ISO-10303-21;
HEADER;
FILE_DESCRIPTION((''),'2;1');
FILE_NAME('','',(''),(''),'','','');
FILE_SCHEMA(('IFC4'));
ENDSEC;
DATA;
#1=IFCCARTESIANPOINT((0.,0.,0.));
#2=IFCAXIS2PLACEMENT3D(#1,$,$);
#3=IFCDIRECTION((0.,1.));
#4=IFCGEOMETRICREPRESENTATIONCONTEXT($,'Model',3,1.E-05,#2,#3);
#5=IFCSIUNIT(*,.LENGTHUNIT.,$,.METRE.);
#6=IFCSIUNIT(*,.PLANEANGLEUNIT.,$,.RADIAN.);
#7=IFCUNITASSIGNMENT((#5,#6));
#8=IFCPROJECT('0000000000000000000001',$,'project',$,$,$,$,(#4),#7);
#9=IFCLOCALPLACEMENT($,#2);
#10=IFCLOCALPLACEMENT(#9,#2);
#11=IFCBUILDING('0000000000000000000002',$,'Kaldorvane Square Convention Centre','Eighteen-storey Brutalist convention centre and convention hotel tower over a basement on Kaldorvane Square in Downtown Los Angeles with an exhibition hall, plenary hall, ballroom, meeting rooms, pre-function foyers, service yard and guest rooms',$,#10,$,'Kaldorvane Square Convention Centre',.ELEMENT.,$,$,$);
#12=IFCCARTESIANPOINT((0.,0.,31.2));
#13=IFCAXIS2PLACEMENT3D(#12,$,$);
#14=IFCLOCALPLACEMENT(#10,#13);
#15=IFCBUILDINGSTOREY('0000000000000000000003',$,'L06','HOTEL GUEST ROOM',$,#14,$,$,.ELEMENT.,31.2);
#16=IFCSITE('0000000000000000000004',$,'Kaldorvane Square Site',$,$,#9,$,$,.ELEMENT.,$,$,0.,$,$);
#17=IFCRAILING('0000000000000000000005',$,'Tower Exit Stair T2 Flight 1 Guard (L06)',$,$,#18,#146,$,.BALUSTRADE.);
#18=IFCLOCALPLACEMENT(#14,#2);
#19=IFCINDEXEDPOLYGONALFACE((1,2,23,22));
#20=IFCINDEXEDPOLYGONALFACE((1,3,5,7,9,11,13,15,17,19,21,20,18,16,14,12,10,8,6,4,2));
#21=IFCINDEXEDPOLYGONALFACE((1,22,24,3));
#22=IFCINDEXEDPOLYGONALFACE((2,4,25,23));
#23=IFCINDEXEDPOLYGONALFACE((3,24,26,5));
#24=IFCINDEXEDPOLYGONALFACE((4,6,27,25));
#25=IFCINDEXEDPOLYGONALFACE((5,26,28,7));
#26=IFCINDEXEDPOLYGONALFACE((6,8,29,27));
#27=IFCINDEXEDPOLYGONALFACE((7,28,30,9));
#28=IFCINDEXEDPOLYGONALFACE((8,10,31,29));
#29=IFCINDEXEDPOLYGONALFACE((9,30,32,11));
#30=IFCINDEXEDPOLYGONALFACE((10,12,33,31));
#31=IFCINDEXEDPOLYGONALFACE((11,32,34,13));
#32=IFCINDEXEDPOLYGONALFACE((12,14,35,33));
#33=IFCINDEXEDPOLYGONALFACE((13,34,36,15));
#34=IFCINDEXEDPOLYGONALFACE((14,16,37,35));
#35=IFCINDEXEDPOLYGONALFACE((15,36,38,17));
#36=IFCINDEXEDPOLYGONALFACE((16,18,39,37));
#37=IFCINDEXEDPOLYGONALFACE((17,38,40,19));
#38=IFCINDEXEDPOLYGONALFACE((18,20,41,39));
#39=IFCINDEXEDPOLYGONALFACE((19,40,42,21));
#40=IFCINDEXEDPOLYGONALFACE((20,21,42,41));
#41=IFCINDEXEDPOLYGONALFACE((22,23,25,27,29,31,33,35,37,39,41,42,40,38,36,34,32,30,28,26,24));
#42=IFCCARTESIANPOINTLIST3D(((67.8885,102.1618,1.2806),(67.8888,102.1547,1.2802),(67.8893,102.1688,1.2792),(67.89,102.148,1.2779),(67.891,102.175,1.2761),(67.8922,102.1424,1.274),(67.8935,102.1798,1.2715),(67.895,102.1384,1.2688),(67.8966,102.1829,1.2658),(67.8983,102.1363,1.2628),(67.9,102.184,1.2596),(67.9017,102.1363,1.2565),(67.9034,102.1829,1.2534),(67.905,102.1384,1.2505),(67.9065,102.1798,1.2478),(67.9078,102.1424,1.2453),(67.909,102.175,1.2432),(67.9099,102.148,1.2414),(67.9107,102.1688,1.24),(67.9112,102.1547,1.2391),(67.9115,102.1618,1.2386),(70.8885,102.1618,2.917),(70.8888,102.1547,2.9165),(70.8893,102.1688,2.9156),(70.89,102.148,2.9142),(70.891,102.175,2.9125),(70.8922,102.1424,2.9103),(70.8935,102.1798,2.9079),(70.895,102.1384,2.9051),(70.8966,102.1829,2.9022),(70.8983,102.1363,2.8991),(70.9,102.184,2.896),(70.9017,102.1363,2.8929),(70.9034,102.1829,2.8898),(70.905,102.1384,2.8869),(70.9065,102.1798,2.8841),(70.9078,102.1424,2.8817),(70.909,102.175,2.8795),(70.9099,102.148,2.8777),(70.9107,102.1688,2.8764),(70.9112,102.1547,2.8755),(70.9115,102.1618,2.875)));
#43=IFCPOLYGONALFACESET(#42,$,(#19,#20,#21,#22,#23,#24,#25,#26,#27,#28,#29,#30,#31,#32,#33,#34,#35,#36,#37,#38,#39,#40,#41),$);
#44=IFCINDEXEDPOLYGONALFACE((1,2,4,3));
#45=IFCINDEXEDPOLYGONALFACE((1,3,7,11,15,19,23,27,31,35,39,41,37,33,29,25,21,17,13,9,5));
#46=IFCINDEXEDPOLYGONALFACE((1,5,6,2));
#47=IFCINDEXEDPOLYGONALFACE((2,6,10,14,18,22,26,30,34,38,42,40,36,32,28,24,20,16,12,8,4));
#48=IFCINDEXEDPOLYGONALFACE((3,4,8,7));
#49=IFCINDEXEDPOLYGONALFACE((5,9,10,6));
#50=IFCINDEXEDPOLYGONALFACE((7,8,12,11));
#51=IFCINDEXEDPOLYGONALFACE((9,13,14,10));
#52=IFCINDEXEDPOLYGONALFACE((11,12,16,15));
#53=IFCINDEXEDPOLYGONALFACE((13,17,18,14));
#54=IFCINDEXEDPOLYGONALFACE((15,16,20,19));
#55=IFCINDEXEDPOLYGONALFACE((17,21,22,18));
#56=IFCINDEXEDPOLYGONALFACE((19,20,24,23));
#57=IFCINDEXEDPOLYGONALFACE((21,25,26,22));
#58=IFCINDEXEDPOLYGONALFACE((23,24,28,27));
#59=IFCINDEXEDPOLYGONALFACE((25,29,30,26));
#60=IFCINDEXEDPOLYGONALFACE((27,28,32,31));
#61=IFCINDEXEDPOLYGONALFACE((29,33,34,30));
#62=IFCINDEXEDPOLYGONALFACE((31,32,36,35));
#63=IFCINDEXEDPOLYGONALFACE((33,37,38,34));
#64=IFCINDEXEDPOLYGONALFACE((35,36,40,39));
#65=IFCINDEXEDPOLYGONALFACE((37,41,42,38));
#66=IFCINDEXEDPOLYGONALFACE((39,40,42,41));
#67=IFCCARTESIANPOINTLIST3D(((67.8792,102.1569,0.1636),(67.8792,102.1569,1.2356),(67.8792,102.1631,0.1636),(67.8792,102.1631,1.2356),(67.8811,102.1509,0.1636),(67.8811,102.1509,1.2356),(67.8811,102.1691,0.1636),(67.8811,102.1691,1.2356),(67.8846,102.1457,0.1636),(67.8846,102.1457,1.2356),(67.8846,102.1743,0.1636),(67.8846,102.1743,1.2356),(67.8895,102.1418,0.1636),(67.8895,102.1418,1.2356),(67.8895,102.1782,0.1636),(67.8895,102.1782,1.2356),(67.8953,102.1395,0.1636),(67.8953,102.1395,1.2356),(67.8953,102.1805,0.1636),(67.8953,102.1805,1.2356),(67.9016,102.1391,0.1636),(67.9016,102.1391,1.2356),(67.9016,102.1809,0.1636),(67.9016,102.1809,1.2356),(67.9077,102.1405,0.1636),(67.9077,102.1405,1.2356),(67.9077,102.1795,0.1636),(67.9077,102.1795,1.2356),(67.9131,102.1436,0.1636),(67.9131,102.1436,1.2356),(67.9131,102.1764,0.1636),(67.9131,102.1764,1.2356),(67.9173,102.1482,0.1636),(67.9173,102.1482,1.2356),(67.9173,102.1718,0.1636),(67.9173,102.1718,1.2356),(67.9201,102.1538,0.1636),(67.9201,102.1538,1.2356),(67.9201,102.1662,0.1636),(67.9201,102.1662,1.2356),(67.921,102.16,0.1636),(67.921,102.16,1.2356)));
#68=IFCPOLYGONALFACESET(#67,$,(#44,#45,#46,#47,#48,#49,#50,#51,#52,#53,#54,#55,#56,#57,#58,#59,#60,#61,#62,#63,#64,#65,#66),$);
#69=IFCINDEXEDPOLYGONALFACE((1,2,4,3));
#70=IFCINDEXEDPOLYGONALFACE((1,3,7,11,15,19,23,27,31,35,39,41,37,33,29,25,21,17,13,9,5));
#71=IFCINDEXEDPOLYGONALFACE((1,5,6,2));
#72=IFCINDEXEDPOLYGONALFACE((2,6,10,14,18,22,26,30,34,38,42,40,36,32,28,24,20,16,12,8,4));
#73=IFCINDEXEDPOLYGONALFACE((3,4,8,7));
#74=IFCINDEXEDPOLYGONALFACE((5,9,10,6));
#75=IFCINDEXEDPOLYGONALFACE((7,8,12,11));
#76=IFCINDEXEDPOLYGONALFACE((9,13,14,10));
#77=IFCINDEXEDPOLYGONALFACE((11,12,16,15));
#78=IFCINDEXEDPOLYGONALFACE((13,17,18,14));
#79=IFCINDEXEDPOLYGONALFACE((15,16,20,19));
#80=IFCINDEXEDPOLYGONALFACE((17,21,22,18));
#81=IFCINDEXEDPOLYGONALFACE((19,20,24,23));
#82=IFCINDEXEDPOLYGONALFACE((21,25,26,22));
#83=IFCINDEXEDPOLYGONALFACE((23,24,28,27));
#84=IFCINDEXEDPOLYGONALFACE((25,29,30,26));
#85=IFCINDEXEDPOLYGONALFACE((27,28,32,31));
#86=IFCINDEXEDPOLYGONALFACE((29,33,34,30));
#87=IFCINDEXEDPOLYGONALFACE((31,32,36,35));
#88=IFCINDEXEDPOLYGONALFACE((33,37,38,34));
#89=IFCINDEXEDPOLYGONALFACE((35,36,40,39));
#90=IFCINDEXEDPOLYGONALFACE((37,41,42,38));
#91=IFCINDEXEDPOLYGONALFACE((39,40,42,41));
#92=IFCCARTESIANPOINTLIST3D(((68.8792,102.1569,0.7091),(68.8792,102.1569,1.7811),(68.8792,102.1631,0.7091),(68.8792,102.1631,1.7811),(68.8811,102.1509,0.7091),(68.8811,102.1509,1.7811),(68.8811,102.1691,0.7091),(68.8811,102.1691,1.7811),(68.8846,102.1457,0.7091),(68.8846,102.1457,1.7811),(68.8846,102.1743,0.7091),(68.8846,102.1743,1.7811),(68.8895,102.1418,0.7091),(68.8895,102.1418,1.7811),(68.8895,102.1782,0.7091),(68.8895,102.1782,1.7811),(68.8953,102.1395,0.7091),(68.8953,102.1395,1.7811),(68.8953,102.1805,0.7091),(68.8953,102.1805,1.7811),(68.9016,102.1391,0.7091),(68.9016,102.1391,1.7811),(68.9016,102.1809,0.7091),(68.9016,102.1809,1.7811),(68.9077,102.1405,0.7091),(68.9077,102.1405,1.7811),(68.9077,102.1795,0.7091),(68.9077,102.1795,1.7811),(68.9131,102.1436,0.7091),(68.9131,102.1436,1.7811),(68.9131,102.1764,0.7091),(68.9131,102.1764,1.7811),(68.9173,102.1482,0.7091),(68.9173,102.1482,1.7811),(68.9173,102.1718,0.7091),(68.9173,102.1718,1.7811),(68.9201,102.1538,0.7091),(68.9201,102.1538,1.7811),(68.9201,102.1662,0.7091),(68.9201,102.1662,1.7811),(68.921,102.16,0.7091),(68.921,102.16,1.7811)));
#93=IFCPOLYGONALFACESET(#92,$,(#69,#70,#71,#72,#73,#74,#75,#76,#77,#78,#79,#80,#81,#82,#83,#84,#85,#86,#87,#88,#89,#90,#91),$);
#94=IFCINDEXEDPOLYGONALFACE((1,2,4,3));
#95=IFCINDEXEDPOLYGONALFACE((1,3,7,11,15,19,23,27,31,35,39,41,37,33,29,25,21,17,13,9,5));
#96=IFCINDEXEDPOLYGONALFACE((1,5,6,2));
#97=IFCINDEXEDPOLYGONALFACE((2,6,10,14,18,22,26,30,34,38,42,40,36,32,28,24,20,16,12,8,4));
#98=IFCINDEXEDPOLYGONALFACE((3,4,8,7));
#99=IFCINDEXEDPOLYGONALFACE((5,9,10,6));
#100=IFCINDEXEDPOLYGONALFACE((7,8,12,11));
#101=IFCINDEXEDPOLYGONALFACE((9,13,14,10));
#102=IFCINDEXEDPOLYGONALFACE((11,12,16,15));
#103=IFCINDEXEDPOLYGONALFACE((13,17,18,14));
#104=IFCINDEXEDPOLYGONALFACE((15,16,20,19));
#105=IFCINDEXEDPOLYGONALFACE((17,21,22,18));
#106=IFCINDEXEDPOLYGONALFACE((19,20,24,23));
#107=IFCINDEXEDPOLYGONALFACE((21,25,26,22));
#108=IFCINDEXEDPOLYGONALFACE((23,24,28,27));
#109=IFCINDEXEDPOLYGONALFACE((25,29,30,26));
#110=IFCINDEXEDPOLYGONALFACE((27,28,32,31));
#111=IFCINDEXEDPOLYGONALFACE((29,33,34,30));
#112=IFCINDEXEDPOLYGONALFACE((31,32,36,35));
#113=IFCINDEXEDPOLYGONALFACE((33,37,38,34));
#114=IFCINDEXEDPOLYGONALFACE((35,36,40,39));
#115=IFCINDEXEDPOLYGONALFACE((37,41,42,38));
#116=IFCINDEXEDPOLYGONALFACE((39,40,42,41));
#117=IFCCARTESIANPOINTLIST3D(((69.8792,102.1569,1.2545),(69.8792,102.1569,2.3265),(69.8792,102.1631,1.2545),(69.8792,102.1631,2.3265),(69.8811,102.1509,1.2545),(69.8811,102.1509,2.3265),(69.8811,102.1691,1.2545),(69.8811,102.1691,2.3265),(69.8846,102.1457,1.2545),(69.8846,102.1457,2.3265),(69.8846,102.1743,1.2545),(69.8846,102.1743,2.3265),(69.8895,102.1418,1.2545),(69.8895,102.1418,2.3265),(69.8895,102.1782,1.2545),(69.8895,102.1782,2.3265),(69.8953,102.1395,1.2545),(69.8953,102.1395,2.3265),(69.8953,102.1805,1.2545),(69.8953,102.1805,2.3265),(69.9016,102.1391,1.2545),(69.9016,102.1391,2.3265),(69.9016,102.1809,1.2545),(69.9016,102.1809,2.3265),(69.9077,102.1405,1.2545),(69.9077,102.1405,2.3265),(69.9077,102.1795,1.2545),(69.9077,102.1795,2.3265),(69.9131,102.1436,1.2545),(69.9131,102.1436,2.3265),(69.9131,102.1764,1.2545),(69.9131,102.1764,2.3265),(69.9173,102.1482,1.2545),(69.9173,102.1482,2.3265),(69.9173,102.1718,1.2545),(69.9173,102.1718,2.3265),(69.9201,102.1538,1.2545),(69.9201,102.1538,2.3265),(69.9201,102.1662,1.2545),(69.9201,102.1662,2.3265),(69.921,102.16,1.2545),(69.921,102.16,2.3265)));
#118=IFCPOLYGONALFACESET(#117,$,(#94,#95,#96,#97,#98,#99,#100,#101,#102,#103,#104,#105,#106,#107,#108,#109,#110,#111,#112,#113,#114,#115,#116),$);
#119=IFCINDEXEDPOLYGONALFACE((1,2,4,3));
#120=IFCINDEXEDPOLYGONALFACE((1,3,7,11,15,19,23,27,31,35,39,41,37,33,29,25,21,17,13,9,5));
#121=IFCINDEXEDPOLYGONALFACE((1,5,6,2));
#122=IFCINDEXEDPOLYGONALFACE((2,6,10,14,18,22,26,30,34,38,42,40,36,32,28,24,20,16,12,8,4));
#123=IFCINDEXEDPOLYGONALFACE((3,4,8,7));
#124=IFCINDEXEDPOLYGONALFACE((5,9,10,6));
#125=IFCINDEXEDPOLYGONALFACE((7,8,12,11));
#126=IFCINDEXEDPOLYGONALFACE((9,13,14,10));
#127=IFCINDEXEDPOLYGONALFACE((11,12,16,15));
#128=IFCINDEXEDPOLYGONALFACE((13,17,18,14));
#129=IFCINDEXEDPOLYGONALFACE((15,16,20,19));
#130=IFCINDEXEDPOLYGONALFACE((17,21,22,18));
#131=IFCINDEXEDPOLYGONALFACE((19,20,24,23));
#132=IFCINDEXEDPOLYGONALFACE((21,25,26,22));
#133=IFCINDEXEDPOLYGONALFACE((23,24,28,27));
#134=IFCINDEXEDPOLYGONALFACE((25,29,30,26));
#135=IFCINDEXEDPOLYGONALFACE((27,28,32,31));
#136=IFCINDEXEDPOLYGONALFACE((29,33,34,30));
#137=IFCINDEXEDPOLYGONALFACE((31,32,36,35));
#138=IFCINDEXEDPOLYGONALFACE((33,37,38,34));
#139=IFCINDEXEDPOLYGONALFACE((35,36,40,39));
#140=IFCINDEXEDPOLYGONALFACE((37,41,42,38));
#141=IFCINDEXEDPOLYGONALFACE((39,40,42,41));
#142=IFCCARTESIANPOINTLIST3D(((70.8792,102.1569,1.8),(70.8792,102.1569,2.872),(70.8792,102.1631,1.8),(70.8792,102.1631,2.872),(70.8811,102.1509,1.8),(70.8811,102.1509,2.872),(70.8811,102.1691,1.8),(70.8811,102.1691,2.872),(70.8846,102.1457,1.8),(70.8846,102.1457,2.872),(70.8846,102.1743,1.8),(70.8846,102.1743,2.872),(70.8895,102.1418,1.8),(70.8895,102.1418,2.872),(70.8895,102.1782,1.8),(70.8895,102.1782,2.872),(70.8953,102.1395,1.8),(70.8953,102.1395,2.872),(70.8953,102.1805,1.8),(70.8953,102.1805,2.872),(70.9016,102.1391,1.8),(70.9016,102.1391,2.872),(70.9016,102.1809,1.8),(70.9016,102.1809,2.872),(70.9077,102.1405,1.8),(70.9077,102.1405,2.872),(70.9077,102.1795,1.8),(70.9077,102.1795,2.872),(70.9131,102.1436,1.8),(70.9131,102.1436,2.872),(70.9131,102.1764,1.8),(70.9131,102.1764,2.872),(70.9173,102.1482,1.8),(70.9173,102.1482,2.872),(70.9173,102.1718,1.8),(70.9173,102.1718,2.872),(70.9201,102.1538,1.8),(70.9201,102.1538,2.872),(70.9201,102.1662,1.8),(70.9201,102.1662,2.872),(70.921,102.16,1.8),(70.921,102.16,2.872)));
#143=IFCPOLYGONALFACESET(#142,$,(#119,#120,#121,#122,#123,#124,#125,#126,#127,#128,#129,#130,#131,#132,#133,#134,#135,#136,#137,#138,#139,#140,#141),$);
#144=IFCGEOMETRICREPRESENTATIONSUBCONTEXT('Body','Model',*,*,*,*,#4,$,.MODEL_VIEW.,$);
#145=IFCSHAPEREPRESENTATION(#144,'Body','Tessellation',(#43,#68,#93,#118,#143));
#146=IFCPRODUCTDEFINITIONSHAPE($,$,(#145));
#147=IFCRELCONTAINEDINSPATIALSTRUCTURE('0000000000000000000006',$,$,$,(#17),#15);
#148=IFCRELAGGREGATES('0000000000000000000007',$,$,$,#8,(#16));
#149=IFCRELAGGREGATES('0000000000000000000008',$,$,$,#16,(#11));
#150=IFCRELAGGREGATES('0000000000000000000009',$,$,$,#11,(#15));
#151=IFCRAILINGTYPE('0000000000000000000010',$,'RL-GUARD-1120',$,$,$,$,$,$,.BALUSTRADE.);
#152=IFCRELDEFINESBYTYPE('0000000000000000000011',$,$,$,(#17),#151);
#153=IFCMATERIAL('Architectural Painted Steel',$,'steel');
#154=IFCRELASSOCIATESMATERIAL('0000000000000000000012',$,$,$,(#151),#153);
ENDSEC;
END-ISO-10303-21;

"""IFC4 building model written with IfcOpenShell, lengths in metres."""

from ifc_helpers import new_model, si_unit, direction, frame, origin, origin_2d, place, context, subcontext, project, spatial, circle, extrude, material, type_object, element, save


model = new_model("IFC4")

# Units and contexts
model_context = context("Model", 3, precision=1e-05, world=origin(), true_north=direction((0.0, 1.0)))
body_context = subcontext(model_context, "Body", "Model", "MODEL_VIEW")
ifc_project = project(units=[si_unit("LENGTHUNIT", "METRE"), si_unit("PLANEANGLEUNIT", "RADIAN")], contexts=[model_context])

# Site, building, storey
site_placement = place(None, origin())
site = spatial("IfcSite", under=ifc_project, at=site_placement, Name="Kaldorvane Square Site", CompositionType="ELEMENT", RefElevation=0.0)
building_placement = place(site_placement, origin())
building = spatial("IfcBuilding", under=site, at=building_placement, Name="Kaldorvane Square Convention Centre", Description="Eighteen-storey Brutalist convention centre and convention hotel tower over a basement on Kaldorvane Square in Downtown Los Angeles with an exhibition hall, plenary hall, ballroom, meeting rooms, pre-function foyers, service yard and guest rooms", LongName="Kaldorvane Square Convention Centre", CompositionType="ELEMENT")
storey_placement = place(building_placement, frame((0.0, 0.0, 31.2)))
storey = spatial("IfcBuildingStorey", under=building, at=storey_placement, Name="L06", Description="HOTEL GUEST ROOM", CompositionType="ELEMENT", Elevation=31.2)

# Railing
ifc_material_1 = material(Name="Architectural Painted Steel", Category="steel")
railing_type_1 = type_object("IfcRailingType", Name="RL-GUARD-1120", PredefinedType="BALUSTRADE", material=ifc_material_1)
railing_1_placement = place(storey_placement, frame((67.9, 102.16, 0.1636)))
element("IfcRailing", 1, at=railing_1_placement, inside=storey, type_object=railing_type_1, Name="Tower Exit Stair T2 Flight 1 Guard (L06)", PredefinedType="BALUSTRADE", context=body_context, shape_type="SweptSolid", body=[
    extrude(circle(Radius=0.024, at=origin_2d()), frame((0.0, 0.0, 1.096), z_axis=(0.877895, 0.0, 0.478853), x_axis=(0.0, 1.0, 0.0)), (0.0, 0.0, 1.0), 3.4173),
    extrude(circle(Radius=0.021, at=origin_2d()), origin(), (0.0, 0.0, 1.0), 1.072),
    extrude(circle(Radius=0.021, at=origin_2d()), frame((1.0, 0.0, 0.5455)), (0.0, 0.0, 1.0), 1.072),
    extrude(circle(Radius=0.021, at=origin_2d()), frame((2.0, 0.0, 1.0909)), (0.0, 0.0, 1.0), 1.072),
    extrude(circle(Radius=0.021, at=origin_2d()), frame((3.0, 0.0, 1.6364)), (0.0, 0.0, 1.0), 1.072),
])

save(model, "model.ifc")
